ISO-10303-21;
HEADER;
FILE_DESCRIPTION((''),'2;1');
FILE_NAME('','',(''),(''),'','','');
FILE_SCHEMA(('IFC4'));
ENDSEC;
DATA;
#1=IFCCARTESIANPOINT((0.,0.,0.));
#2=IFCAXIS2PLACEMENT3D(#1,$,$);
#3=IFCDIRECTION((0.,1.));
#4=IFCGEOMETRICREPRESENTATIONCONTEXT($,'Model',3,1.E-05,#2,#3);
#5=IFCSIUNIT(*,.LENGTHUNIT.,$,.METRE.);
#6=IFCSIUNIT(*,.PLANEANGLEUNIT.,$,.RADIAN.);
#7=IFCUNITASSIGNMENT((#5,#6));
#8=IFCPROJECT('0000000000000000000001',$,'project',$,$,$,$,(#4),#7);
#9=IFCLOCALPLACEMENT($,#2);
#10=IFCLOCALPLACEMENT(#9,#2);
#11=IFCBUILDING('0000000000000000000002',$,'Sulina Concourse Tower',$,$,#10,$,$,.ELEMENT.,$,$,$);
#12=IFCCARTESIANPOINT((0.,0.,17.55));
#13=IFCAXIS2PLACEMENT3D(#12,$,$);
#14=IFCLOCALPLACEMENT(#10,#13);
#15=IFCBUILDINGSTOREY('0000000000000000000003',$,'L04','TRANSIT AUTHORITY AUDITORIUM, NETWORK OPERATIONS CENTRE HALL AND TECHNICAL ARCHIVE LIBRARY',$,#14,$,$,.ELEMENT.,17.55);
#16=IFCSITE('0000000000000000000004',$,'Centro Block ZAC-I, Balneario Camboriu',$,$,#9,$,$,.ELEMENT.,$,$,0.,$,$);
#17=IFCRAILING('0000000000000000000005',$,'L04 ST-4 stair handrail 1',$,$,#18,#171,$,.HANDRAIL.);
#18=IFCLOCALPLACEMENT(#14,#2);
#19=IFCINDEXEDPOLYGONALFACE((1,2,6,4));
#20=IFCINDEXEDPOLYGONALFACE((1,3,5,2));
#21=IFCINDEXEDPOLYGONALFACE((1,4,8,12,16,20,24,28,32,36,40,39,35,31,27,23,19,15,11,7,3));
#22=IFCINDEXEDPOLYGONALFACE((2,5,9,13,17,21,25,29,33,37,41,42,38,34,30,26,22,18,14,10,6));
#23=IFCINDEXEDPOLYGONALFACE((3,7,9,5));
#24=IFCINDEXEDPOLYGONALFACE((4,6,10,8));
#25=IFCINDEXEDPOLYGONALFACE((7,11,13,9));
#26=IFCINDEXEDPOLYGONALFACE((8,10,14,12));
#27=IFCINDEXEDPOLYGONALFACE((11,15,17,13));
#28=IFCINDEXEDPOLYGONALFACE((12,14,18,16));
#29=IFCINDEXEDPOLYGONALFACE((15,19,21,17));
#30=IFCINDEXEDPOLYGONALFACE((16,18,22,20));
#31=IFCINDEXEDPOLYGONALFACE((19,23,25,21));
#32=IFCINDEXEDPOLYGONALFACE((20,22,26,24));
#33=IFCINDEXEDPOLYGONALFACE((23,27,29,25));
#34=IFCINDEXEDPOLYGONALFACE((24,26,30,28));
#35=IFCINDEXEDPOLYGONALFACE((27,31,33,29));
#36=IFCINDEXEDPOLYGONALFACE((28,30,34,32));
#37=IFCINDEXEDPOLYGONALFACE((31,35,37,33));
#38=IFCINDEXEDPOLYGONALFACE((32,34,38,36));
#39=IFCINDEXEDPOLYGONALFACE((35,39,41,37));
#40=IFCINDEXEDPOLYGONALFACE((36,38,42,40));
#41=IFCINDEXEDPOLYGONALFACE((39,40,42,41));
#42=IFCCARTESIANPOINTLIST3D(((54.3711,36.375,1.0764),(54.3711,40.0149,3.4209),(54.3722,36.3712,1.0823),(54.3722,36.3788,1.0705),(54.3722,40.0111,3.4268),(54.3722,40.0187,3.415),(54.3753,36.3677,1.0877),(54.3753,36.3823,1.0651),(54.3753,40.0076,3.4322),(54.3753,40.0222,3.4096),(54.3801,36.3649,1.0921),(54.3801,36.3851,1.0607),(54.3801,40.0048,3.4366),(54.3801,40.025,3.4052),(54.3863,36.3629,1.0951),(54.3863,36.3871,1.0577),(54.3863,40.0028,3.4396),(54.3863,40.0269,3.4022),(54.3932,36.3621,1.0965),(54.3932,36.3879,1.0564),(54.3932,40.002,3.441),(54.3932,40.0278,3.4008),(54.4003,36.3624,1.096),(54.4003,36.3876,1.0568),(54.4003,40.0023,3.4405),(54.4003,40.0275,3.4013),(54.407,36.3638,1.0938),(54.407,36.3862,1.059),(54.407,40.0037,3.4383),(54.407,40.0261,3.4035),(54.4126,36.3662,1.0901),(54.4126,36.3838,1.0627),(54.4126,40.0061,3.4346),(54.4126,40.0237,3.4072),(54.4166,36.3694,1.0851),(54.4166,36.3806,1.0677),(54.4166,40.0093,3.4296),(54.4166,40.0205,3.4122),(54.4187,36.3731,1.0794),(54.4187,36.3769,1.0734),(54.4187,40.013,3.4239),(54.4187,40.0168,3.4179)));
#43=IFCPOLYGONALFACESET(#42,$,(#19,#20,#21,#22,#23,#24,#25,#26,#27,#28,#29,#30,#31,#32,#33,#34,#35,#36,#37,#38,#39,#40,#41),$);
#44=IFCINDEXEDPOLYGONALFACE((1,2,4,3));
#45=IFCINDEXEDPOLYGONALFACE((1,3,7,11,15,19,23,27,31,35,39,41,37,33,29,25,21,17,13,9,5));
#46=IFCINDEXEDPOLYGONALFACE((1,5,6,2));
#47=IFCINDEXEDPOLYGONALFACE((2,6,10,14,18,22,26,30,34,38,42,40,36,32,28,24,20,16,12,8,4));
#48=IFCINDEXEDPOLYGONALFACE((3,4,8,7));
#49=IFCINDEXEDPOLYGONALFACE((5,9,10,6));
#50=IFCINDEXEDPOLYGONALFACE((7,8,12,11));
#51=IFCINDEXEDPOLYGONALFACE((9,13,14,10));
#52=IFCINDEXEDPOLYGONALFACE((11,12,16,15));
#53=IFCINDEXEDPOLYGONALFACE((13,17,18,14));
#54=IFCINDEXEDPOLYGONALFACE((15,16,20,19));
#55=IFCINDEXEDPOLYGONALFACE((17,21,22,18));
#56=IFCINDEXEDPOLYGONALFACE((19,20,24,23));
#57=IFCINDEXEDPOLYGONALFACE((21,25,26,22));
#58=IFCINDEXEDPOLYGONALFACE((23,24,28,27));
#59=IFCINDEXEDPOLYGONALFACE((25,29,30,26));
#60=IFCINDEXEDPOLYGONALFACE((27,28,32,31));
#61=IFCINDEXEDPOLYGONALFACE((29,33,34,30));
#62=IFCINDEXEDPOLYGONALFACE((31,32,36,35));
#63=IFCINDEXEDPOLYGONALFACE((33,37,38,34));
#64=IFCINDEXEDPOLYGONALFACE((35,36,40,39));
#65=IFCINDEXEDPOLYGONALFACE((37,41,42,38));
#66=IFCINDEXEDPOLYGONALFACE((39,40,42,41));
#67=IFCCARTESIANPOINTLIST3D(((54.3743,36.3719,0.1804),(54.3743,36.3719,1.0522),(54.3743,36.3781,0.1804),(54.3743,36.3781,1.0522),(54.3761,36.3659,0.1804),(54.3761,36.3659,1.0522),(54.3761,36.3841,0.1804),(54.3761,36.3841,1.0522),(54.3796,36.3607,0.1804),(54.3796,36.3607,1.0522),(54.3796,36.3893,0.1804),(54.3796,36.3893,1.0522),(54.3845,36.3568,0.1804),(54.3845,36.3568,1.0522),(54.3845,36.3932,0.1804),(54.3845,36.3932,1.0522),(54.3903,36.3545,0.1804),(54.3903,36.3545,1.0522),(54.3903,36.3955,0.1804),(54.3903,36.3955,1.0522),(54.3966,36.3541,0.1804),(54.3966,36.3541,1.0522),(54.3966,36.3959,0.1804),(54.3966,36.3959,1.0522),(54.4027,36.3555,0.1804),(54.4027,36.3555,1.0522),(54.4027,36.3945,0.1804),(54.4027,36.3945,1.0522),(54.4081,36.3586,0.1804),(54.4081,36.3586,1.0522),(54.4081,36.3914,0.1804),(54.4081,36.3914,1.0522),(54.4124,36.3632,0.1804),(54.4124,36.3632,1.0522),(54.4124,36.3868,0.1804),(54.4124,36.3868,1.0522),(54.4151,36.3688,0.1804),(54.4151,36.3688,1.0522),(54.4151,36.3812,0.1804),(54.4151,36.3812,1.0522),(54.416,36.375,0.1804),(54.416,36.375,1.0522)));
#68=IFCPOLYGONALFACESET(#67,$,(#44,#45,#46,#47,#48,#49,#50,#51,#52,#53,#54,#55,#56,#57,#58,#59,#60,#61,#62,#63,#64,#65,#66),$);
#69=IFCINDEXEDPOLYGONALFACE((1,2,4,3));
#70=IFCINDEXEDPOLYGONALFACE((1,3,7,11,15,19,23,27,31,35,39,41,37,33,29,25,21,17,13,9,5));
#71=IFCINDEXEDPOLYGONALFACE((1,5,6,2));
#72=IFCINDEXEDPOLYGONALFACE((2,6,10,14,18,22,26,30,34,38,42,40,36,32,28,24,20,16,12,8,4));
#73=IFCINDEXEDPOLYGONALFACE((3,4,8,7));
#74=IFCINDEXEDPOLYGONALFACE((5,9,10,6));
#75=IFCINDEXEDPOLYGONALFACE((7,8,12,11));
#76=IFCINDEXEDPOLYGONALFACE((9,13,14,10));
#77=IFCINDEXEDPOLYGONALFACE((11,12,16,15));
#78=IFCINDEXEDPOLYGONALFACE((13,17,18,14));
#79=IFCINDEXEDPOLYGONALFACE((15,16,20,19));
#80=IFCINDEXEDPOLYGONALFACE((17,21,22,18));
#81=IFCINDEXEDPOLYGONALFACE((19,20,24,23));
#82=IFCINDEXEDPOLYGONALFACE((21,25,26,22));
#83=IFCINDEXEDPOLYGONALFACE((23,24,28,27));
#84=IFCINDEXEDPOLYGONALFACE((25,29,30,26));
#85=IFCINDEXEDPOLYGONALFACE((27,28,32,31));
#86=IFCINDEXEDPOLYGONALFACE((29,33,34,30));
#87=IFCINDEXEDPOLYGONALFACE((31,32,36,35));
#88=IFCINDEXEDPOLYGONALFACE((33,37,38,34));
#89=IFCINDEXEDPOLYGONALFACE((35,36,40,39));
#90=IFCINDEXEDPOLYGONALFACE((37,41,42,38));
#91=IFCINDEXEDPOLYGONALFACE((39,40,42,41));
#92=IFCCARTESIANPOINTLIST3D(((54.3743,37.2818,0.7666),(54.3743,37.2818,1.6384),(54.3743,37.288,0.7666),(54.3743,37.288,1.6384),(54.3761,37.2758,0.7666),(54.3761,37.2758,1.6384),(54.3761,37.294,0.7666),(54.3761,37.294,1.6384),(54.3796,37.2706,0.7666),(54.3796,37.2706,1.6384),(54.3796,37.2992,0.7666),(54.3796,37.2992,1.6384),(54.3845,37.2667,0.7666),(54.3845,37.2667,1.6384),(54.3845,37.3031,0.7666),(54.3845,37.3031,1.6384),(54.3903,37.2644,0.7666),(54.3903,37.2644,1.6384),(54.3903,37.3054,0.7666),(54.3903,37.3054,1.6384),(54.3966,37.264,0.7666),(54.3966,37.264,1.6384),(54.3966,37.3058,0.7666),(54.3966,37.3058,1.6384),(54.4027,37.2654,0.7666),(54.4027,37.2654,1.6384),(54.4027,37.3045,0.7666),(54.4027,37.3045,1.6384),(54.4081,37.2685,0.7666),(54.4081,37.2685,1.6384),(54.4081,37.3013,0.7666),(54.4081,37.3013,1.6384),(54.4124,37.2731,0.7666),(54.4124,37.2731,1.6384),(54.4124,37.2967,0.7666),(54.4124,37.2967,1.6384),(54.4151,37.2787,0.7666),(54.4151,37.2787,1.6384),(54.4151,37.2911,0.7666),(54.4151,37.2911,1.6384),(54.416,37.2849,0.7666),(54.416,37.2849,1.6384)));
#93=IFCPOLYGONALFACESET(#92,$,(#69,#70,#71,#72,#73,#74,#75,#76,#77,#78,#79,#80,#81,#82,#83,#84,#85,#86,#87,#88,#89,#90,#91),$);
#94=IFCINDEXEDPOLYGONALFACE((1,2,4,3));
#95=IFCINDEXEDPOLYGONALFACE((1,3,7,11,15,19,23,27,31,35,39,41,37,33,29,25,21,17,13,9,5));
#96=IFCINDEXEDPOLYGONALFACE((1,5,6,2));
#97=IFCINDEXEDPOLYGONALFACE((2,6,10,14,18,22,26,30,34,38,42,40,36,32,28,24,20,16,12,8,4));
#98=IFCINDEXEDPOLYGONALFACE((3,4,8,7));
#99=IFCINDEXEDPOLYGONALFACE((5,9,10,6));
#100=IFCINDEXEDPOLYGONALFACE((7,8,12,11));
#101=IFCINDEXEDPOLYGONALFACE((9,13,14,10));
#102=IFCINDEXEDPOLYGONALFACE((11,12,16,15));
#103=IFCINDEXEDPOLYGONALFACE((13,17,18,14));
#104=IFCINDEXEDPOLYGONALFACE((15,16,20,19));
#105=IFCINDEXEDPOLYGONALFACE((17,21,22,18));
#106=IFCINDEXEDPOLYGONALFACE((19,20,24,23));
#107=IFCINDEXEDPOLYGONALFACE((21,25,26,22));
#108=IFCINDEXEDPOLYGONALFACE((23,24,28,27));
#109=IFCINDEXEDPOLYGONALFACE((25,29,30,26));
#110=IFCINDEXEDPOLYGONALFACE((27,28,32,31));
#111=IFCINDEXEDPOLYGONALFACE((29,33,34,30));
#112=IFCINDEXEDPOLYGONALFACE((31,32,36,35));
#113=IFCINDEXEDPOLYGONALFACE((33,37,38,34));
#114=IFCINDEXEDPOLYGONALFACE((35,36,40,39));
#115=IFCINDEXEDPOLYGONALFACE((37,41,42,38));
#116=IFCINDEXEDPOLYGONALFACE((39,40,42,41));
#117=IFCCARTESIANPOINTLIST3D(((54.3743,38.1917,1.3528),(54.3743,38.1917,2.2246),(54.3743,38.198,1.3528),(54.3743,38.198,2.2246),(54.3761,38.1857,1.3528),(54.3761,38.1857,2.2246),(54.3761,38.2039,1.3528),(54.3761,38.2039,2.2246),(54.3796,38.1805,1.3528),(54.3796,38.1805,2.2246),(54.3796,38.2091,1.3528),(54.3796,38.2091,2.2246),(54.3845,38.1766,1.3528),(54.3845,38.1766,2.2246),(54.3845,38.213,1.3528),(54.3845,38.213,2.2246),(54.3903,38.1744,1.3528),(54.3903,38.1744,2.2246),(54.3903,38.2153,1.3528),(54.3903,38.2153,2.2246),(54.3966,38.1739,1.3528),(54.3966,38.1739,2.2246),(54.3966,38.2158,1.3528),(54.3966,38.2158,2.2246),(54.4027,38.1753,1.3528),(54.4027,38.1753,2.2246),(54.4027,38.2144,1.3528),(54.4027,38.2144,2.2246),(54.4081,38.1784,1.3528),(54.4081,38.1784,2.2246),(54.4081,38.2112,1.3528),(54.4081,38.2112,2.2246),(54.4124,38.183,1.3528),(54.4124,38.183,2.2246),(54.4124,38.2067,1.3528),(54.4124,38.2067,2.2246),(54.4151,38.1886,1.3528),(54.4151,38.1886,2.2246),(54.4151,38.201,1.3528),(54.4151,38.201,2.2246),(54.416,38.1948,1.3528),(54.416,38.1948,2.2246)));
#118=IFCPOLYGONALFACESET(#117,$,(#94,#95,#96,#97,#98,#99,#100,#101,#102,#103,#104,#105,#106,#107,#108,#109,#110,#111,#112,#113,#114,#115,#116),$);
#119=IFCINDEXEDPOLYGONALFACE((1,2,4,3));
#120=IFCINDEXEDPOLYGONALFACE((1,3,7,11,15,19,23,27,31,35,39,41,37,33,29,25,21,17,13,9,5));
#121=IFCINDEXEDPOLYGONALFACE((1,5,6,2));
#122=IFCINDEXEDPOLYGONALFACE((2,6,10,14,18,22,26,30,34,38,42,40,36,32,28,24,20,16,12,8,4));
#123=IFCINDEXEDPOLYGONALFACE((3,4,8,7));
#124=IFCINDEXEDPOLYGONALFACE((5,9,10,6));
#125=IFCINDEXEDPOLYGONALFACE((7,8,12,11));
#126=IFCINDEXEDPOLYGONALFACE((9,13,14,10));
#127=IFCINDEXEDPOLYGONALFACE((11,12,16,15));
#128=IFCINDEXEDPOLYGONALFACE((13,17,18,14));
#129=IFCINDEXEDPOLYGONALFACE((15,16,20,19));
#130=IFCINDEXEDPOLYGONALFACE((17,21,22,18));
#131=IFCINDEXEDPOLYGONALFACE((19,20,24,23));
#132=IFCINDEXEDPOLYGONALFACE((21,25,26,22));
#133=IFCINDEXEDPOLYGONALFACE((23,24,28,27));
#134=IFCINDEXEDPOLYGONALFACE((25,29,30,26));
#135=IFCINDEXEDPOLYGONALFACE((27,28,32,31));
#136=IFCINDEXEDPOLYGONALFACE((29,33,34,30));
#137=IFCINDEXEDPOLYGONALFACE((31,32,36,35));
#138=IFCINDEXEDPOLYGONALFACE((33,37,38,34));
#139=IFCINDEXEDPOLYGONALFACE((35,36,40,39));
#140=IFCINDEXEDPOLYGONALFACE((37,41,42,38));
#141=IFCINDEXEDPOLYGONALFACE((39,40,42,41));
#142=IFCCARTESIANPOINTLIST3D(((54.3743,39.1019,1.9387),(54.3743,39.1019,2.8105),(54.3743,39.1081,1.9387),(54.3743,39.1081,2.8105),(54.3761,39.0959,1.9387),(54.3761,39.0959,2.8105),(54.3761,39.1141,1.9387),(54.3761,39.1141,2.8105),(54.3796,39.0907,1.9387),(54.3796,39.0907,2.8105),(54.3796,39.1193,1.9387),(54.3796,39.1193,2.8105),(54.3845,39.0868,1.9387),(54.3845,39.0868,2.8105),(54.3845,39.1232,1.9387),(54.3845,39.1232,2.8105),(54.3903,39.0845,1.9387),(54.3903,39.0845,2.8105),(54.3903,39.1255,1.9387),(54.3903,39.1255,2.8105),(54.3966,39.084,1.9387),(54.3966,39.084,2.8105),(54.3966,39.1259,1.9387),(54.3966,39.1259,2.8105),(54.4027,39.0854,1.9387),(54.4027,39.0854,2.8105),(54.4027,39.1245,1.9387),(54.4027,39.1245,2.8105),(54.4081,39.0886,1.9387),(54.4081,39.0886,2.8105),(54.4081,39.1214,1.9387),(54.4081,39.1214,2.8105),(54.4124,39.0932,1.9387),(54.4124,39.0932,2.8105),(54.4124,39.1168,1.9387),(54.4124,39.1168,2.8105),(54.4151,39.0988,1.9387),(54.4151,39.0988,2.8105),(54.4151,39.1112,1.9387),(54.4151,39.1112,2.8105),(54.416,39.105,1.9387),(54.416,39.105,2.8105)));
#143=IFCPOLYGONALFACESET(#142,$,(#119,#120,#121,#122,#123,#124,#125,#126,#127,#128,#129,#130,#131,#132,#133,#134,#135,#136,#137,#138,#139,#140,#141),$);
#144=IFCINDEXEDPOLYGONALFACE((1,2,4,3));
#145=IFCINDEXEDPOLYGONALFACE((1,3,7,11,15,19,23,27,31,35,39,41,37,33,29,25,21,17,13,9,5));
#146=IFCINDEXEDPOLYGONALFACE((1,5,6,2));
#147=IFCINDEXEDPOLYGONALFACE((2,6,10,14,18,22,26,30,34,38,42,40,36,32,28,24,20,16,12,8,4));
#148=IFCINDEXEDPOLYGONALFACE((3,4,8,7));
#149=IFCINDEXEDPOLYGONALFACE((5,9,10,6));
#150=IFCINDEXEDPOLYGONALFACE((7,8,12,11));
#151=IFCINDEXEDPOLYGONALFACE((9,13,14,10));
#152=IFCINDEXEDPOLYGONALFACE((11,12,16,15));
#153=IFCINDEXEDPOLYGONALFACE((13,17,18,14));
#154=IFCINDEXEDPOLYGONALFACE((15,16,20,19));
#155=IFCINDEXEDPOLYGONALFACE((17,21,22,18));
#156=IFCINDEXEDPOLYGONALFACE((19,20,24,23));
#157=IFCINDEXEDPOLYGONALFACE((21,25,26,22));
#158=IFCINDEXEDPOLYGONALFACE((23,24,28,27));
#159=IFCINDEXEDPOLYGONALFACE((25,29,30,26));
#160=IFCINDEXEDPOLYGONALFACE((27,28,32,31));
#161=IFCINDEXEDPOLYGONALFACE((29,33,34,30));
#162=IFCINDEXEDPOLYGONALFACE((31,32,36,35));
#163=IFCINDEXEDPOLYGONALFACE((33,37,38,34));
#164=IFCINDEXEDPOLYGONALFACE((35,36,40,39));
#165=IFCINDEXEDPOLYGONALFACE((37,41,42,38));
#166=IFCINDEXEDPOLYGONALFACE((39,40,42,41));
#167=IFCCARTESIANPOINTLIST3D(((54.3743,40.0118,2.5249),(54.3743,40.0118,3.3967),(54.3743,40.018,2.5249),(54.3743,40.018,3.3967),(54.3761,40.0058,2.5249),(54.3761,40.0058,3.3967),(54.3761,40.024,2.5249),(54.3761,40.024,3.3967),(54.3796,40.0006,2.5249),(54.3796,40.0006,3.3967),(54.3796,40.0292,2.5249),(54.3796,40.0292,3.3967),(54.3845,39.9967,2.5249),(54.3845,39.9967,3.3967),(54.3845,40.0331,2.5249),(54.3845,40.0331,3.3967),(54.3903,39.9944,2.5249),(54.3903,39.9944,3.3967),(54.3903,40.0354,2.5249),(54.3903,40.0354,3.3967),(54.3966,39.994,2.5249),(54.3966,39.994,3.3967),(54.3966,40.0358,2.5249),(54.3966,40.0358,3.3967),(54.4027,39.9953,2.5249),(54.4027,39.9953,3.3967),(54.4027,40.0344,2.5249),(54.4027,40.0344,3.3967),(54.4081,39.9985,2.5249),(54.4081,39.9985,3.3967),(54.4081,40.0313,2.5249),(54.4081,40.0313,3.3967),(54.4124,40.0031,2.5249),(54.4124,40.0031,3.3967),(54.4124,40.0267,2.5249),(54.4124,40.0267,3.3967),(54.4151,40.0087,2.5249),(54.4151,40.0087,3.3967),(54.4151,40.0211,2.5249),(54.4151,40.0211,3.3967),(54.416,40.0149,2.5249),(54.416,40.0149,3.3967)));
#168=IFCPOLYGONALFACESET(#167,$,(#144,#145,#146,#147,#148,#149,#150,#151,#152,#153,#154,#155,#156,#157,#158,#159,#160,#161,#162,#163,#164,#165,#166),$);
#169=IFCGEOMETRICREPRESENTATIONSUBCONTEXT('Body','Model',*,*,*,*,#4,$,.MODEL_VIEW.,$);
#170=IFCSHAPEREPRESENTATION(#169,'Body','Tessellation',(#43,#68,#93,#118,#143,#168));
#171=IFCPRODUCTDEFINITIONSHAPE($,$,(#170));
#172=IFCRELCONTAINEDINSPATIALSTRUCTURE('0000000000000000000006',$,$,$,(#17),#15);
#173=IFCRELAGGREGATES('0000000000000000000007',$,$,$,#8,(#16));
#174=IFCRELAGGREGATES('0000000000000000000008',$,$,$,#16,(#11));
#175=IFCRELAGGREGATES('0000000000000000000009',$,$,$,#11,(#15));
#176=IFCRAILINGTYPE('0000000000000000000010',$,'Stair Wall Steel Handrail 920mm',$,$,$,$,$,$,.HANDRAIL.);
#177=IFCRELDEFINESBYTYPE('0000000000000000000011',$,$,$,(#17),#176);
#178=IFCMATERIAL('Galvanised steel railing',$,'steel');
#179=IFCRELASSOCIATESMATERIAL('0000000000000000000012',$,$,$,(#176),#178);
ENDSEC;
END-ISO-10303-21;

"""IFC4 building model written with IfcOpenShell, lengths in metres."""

from ifc_helpers import new_model, si_unit, direction, frame, origin, origin_2d, place, context, subcontext, project, spatial, circle, extrude, material, type_object, element, save


model = new_model("IFC4")

# Units and contexts
model_context = context("Model", 3, precision=1e-05, world=origin(), true_north=direction((0.0, 1.0)))
body_context = subcontext(model_context, "Body", "Model", "MODEL_VIEW")
ifc_project = project(units=[si_unit("LENGTHUNIT", "METRE"), si_unit("PLANEANGLEUNIT", "RADIAN")], contexts=[model_context])

# Site, building, storey
site_placement = place(None, origin())
site = spatial("IfcSite", under=ifc_project, at=site_placement, Name="Centro Block ZAC-I, Balneario Camboriu", CompositionType="ELEMENT", RefElevation=0.0)
building_placement = place(site_placement, origin())
building = spatial("IfcBuilding", under=site, at=building_placement, Name="Sulina Concourse Tower", CompositionType="ELEMENT")
storey_placement = place(building_placement, frame((0.0, 0.0, 17.55)))
storey = spatial("IfcBuildingStorey", under=building, at=storey_placement, Name="L04", Description="TRANSIT AUTHORITY AUDITORIUM, NETWORK OPERATIONS CENTRE HALL AND TECHNICAL ARCHIVE LIBRARY", CompositionType="ELEMENT", Elevation=17.55)

# Railing
ifc_material_1 = material(Name="Galvanised steel railing", Category="steel")
railing_type_1 = type_object("IfcRailingType", Name="Stair Wall Steel Handrail 920mm", PredefinedType="HANDRAIL", material=ifc_material_1)
for number, where, name in (
    (1, (54.395, 36.375, 0.1804), "L04 ST-4 stair handrail 1"),
):
    element("IfcRailing", number, at=place(storey_placement, frame(where)), inside=storey, type_object=railing_type_1, Name=name, PredefinedType="HANDRAIL", context=body_context, shape_type="SweptSolid", body=[
        extrude(circle(Radius=0.0239, at=origin_2d()), frame((0.0, 0.0, 0.896), z_axis=(0.0, 0.8407, 0.541501), x_axis=(-1.0, 0.0, 0.0)), (0.0, 0.0, 1.0), 4.3296),
        extrude(circle(Radius=0.021, at=origin_2d()), origin(), (0.0, 0.0, 1.0), 0.8718),
        extrude(circle(Radius=0.021, at=origin_2d()), frame((0.0, 0.9099, 0.5862)), (0.0, 0.0, 1.0), 0.8718),
        extrude(circle(Radius=0.021, at=origin_2d()), frame((0.0, 1.8198, 1.1724)), (0.0, 0.0, 1.0), 0.8718),
        extrude(circle(Radius=0.021, at=origin_2d()), frame((0.0, 2.73, 1.7583)), (0.0, 0.0, 1.0), 0.8718),
        extrude(circle(Radius=0.021, at=origin_2d()), frame((0.0, 3.6399, 2.3445)), (0.0, 0.0, 1.0), 0.8718),
    ])

save(model, "model.ifc")
